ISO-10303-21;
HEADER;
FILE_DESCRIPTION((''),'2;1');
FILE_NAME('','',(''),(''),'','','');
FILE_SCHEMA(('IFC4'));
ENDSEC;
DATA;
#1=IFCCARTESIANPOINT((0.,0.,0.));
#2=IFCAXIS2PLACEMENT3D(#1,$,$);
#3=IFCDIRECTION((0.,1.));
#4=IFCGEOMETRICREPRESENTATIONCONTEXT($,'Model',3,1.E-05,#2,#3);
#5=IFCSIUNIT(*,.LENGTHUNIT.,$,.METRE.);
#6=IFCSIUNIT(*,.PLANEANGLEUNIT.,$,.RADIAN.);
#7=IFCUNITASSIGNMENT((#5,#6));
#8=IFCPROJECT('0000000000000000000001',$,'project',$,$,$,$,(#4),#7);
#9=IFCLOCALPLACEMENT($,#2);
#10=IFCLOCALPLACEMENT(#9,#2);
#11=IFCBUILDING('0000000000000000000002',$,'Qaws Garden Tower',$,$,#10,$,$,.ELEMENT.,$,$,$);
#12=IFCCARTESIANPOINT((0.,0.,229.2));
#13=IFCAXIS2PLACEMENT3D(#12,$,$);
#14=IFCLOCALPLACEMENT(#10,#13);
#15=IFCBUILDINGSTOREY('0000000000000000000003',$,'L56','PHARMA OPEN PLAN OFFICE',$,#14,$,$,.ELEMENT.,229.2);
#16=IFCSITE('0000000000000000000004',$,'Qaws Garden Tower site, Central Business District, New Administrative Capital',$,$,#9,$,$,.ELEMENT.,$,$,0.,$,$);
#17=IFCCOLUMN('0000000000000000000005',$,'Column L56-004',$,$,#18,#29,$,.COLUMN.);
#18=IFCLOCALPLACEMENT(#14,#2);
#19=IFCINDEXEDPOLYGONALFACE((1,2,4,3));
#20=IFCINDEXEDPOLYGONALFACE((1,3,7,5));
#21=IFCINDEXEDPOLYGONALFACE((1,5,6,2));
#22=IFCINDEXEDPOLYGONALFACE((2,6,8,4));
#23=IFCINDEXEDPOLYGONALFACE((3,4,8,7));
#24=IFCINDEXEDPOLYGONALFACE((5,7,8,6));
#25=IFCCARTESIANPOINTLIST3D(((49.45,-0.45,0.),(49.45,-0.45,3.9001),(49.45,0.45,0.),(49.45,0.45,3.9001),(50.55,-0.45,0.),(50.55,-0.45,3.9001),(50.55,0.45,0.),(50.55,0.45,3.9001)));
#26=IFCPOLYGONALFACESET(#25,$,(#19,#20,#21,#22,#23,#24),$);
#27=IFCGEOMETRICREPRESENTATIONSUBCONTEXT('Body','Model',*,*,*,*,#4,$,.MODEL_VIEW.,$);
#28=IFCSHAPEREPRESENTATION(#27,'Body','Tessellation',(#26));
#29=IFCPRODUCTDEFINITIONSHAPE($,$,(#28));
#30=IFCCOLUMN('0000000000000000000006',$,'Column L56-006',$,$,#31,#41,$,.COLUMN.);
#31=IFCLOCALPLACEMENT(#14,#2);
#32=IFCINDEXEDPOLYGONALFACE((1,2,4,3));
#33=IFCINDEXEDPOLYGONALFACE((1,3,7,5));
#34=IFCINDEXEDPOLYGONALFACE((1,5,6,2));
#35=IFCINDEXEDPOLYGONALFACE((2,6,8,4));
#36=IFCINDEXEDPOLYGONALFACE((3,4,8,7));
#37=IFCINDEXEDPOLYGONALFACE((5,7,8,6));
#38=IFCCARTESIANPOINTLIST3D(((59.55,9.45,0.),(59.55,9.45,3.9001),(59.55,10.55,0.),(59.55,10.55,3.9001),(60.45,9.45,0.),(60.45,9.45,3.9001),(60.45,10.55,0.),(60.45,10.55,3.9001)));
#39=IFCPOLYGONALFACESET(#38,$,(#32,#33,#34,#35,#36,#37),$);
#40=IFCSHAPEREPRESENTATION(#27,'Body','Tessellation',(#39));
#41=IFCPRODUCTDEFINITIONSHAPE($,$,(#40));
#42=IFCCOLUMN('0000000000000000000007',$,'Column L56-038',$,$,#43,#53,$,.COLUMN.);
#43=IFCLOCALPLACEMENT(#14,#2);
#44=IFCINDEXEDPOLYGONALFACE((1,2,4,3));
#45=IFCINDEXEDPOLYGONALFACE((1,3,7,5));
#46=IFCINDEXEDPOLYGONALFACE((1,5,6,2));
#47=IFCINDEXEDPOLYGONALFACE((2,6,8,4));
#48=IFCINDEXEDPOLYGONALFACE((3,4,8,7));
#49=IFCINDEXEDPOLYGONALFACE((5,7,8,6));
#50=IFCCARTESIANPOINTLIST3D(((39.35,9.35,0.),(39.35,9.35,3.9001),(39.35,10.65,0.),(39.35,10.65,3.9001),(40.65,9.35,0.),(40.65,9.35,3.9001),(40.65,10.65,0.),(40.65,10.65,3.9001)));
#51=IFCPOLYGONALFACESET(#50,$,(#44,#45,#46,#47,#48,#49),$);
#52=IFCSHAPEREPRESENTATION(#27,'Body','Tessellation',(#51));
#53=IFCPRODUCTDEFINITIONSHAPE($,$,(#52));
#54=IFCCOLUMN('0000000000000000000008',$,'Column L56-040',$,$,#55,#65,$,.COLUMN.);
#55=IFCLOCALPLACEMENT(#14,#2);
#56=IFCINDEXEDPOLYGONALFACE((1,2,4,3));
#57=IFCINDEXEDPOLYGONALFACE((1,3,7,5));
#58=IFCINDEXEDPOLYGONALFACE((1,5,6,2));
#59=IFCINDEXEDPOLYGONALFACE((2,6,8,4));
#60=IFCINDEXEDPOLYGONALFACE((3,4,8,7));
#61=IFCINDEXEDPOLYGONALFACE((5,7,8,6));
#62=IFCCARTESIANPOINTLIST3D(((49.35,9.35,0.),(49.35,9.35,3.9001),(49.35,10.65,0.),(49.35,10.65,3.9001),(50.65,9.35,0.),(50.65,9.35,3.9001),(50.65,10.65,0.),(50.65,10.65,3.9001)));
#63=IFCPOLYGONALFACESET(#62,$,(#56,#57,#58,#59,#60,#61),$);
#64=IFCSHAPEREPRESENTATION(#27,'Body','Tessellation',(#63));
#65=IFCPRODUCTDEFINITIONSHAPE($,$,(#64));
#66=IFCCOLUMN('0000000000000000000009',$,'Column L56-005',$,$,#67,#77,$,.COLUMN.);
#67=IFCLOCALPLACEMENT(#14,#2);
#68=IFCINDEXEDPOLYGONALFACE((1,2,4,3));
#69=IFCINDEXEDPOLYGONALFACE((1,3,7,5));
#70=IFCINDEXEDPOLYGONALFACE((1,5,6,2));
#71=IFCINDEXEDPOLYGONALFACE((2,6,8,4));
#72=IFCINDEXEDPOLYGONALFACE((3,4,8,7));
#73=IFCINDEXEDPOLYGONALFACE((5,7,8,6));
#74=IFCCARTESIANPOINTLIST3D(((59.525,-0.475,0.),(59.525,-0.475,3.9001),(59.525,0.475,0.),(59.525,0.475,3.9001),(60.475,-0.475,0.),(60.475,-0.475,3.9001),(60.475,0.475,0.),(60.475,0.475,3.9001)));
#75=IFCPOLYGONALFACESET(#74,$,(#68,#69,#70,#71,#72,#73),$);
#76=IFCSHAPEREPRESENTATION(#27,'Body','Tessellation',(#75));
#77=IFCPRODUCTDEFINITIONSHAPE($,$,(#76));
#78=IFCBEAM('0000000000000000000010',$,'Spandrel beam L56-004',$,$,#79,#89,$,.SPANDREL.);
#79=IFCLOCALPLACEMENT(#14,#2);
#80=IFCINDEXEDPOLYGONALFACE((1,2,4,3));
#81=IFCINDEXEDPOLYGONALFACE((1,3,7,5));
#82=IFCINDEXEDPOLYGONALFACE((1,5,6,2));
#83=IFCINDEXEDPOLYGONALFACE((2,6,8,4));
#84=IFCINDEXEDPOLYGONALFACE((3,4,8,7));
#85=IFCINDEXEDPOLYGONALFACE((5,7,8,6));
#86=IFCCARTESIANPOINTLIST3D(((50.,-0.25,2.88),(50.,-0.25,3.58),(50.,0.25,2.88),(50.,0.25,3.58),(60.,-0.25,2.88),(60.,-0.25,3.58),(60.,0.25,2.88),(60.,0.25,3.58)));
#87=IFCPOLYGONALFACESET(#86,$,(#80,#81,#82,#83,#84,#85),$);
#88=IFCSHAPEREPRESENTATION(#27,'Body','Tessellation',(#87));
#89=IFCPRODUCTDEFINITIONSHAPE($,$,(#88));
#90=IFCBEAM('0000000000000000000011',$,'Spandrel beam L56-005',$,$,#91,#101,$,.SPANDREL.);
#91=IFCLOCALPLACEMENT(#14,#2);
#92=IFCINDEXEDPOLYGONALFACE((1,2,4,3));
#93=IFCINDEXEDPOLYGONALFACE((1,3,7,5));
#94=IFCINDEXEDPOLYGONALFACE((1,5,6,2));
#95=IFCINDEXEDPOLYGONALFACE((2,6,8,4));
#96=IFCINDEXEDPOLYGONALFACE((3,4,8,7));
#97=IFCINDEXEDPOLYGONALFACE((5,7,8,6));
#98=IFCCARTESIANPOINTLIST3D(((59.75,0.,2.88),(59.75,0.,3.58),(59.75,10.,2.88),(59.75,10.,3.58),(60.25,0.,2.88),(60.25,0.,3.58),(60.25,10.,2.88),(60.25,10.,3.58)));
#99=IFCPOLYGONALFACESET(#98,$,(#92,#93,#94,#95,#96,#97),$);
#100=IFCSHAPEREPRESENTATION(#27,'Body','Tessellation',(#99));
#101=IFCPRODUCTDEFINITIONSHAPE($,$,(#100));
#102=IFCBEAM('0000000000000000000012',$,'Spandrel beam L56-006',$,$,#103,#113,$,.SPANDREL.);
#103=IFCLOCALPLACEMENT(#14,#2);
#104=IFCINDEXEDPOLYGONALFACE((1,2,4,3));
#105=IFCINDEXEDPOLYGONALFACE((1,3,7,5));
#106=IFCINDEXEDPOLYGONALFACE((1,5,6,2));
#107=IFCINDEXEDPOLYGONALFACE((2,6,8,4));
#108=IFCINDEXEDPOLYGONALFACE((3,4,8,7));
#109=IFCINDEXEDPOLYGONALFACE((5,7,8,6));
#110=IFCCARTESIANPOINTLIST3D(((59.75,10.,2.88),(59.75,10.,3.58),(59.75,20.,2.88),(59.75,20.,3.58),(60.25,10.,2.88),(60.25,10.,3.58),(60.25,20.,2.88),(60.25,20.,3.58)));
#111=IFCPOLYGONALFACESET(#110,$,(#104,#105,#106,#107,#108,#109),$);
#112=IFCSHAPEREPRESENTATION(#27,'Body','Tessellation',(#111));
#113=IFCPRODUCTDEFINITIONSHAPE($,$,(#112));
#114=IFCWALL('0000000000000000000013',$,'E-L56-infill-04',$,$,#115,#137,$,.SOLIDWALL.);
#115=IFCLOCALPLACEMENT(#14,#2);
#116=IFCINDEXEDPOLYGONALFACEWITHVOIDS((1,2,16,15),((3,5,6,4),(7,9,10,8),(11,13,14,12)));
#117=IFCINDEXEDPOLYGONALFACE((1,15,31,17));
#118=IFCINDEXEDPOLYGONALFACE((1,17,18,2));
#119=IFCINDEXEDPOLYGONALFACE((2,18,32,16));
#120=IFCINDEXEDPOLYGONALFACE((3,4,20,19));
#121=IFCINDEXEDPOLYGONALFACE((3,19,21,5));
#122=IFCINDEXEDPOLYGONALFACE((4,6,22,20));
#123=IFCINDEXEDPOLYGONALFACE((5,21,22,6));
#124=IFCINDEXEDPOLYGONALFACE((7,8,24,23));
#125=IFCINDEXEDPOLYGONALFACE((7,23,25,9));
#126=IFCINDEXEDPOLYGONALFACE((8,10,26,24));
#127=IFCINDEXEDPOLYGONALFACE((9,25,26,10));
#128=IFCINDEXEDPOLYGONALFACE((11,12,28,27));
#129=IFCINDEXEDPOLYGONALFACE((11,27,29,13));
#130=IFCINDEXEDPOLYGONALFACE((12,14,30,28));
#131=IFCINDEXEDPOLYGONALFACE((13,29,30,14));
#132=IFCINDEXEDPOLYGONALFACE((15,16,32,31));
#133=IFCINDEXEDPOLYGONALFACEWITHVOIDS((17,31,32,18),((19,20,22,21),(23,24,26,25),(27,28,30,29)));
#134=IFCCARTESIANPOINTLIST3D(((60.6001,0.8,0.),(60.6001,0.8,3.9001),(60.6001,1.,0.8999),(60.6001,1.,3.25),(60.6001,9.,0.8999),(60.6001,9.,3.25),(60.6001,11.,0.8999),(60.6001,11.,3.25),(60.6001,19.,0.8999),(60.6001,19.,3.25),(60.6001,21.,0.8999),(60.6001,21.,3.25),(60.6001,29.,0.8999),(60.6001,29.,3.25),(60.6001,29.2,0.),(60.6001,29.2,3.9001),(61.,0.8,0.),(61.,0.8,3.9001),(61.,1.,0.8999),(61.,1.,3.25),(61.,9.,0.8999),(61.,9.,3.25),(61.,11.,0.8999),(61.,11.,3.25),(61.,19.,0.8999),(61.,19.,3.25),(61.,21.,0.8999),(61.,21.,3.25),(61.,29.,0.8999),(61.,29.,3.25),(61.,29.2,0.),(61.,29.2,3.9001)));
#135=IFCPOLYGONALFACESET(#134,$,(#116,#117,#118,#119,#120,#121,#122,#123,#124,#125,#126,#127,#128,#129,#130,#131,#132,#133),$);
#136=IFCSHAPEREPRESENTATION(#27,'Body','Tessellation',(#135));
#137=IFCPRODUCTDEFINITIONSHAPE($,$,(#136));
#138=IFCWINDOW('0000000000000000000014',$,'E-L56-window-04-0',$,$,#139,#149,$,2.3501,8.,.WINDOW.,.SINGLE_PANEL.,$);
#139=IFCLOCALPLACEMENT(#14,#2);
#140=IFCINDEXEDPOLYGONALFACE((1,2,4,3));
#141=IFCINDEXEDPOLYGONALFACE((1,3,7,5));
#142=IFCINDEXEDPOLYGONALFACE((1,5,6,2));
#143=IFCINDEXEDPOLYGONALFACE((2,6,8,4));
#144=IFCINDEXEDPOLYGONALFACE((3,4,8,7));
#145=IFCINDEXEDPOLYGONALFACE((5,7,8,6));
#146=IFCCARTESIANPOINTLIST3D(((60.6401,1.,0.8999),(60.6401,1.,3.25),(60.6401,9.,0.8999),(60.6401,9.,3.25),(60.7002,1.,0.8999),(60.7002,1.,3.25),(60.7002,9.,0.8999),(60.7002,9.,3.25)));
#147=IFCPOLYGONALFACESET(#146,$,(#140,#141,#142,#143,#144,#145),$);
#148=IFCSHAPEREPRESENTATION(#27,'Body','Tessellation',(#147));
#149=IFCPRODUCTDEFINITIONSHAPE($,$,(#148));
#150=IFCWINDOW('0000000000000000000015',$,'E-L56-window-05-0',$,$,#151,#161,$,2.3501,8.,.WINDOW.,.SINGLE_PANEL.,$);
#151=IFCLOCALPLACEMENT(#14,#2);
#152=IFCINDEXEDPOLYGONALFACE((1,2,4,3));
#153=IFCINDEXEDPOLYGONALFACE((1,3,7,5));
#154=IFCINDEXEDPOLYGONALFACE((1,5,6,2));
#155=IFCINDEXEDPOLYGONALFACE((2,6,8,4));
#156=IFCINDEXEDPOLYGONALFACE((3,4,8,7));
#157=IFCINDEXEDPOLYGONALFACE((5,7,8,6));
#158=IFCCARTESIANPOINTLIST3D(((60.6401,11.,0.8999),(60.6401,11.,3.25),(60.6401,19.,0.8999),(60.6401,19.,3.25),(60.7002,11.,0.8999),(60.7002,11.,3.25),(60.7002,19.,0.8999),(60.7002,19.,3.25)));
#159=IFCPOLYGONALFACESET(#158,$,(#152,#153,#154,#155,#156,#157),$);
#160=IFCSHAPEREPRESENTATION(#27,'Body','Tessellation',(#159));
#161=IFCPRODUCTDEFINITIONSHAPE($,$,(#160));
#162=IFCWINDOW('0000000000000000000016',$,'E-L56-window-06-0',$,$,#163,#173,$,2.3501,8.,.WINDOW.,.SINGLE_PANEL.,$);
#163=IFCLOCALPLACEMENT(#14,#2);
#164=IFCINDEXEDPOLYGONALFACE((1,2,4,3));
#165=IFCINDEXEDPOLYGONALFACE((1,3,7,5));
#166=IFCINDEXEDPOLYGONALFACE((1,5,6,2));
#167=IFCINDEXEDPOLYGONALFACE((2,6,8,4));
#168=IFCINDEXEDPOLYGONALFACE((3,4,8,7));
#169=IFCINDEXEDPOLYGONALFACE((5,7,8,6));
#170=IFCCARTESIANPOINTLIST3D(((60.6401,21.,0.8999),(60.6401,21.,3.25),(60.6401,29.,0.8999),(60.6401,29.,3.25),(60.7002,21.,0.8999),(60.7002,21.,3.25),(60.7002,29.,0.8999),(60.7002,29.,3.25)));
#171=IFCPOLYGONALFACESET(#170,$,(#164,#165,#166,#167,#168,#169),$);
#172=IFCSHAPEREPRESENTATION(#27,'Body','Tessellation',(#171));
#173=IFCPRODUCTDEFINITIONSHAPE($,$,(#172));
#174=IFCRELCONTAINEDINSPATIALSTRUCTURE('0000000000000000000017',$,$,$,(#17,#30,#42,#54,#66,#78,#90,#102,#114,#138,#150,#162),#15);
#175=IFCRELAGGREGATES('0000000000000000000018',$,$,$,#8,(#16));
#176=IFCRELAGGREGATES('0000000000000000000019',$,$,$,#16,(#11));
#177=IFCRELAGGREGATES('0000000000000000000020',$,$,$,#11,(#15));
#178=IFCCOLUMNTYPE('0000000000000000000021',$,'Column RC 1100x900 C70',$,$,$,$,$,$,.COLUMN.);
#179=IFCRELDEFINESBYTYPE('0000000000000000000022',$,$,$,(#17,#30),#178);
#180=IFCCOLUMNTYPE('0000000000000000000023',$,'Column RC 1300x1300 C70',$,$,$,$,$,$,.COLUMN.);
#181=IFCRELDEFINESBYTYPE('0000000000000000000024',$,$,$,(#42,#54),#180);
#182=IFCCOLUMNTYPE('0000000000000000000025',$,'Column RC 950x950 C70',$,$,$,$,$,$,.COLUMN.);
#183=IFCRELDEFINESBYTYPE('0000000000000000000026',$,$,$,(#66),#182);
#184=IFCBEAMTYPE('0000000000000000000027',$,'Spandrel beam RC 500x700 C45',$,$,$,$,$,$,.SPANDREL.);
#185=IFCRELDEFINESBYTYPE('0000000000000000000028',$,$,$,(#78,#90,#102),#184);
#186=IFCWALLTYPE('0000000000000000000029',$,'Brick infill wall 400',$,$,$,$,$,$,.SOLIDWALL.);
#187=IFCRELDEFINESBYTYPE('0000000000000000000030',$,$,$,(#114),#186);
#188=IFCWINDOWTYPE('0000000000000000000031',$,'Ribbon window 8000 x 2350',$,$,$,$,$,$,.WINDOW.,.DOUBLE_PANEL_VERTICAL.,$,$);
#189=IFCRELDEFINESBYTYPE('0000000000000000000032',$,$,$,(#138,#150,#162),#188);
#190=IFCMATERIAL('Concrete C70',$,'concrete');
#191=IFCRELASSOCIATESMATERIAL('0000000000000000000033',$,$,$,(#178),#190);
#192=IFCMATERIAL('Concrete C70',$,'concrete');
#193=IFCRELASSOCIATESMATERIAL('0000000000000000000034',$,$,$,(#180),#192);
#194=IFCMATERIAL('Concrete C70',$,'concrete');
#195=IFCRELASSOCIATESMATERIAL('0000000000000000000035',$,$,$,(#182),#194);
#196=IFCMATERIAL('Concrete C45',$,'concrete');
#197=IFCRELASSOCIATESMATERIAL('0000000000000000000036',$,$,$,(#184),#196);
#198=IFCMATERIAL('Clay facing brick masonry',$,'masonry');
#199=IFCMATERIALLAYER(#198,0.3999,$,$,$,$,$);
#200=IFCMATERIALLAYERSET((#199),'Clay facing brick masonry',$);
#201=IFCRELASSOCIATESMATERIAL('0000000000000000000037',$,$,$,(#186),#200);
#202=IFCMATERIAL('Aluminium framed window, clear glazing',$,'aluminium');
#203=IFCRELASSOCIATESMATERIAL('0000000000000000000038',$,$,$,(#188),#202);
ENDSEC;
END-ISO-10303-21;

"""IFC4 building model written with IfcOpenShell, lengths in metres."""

from ifc_helpers import new_model, si_unit, direction, frame, frame_2d, origin, origin_2d, place, context, subcontext, project, spatial, rectangle, extrude, material, layer, layer_set, material_profile, profile_set, type_object, element, fill, save


model = new_model("IFC4")

# Units and contexts
model_context = context("Model", 3, precision=1e-05, world=origin(), true_north=direction((0.0, 1.0)))
body_context = subcontext(model_context, "Body", "Model", "MODEL_VIEW")
ifc_project = project(units=[si_unit("LENGTHUNIT", "METRE"), si_unit("PLANEANGLEUNIT", "RADIAN")], contexts=[model_context])

# Site, building, storey
site_placement = place(None, origin())
site = spatial("IfcSite", under=ifc_project, at=site_placement, Name="Qaws Garden Tower site, Central Business District, New Administrative Capital", CompositionType="ELEMENT", RefElevation=0.0)
building_placement = place(site_placement, origin())
building = spatial("IfcBuilding", under=site, at=building_placement, Name="Qaws Garden Tower", CompositionType="ELEMENT")
storey_placement = place(building_placement, frame((0.0, 0.0, 229.2)))
storey = spatial("IfcBuildingStorey", under=building, at=storey_placement, Name="L56", Description="PHARMA OPEN PLAN OFFICE", CompositionType="ELEMENT", Elevation=229.2)

# Columns
ifc_material_1 = material(Name="Concrete C70", Category="concrete")
ifc_material_profile_1 = material_profile(ifc_material_1, rectangle(XDim=1.1001, YDim=0.8999, at=origin_2d()), Name="RC 1100x900")
ifc_profile_set_1 = profile_set([ifc_material_profile_1], Name="Concrete C70")
column_type_1 = type_object("IfcColumnType", Name="Column RC 1100x900 C70", PredefinedType="COLUMN", material=ifc_profile_set_1)
for number, where, z_axis, x_axis, name in (
    (1, (50.0, 0.0, 0.0), (0.0, 0.0, 1.0), (1.0, 0.0, 0.0), "Column L56-004"),
    (2, (60.0, 10.0, 0.0), (0.0, 0.0, 1.0), (0.0, 1.0, 0.0), "Column L56-006"),
):
    element("IfcColumn", number, at=place(storey_placement, frame(where, z_axis=z_axis, x_axis=x_axis)), inside=storey, type_object=column_type_1, Name=name, PredefinedType="COLUMN", context=body_context, shape_type="SweptSolid", body=[
        extrude(rectangle(XDim=1.1001, YDim=0.8999, at=origin_2d()), origin(), (0.0, 0.0, 1.0), 3.9001),
    ])
ifc_material_2 = material(Name="Concrete C70", Category="concrete")
ifc_material_profile_2 = material_profile(ifc_material_2, rectangle(XDim=1.3, YDim=1.3, at=origin_2d()), Name="RC 1300x1300")
ifc_profile_set_2 = profile_set([ifc_material_profile_2], Name="Concrete C70")
column_type_2 = type_object("IfcColumnType", Name="Column RC 1300x1300 C70", PredefinedType="COLUMN", material=ifc_profile_set_2)
for number, where, z_axis, x_axis, name in (
    (3, (40.0, 10.0, 0.0), (0.0, 0.0, 1.0), (1.0, 0.0, 0.0), "Column L56-038"),
    (4, (50.0, 10.0, 0.0), (0.0, 0.0, 1.0), (1.0, 0.0, 0.0), "Column L56-040"),
):
    element("IfcColumn", number, at=place(storey_placement, frame(where, z_axis=z_axis, x_axis=x_axis)), inside=storey, type_object=column_type_2, Name=name, PredefinedType="COLUMN", context=body_context, shape_type="SweptSolid", body=[
        extrude(rectangle(XDim=1.3, YDim=1.3, at=origin_2d()), origin(), (0.0, 0.0, 1.0), 3.9001),
    ])
ifc_material_3 = material(Name="Concrete C70", Category="concrete")
ifc_material_profile_3 = material_profile(ifc_material_3, rectangle(XDim=0.95, YDim=0.95, at=origin_2d()), Name="RC 950x950")
ifc_profile_set_3 = profile_set([ifc_material_profile_3], Name="Concrete C70")
column_type_3 = type_object("IfcColumnType", Name="Column RC 950x950 C70", PredefinedType="COLUMN", material=ifc_profile_set_3)
column_placement = place(storey_placement, frame((60.0, 0.0, 0.0), z_axis=(0.0, 0.0, 1.0), x_axis=(1.0, 0.0, 0.0)))
element("IfcColumn", 5, at=column_placement, inside=storey, type_object=column_type_3, Name="Column L56-005", PredefinedType="COLUMN", context=body_context, shape_type="SweptSolid", body=[
    extrude(rectangle(XDim=0.95, YDim=0.95, at=origin_2d()), origin(), (0.0, 0.0, 1.0), 3.9001),
])

# Beams
ifc_material_4 = material(Name="Concrete C45", Category="concrete")
ifc_material_profile_4 = material_profile(ifc_material_4, rectangle(XDim=0.5, YDim=0.7, at=origin_2d()), Name="RC 500x700")
ifc_profile_set_4 = profile_set([ifc_material_profile_4], Name="Concrete C45")
beam_type = type_object("IfcBeamType", Name="Spandrel beam RC 500x700 C45", PredefinedType="SPANDREL", material=ifc_profile_set_4)
for number, where, z_axis, x_axis, name in (
    (6, (50.0, 0.0, 3.23), (1.0, 0.0, 0.0), (0.0, 1.0, 0.0), "Spandrel beam L56-004"),
    (7, (60.0, 0.0, 3.23), (0.0, 1.0, 0.0), (-1.0, 0.0, 0.0), "Spandrel beam L56-005"),
    (8, (60.0, 10.0, 3.23), (0.0, 1.0, 0.0), (-1.0, 0.0, 0.0), "Spandrel beam L56-006"),
):
    element("IfcBeam", number, at=place(storey_placement, frame(where, z_axis=z_axis, x_axis=x_axis)), inside=storey, type_object=beam_type, Name=name, PredefinedType="SPANDREL", context=body_context, shape_type="SweptSolid", body=[
        extrude(rectangle(XDim=0.5, YDim=0.7, at=origin_2d()), origin(), (0.0, 0.0, 1.0), 10.0),
    ])

# Wall, openings, windows
ifc_material_5 = material(Name="Clay facing brick masonry", Category="masonry")
ifc_layer_1 = layer(ifc_material_5, 0.3999)
ifc_layer_set_1 = layer_set([ifc_layer_1], Name="Clay facing brick masonry")
wall_type_1 = type_object("IfcWallType", Name="Brick infill wall 400", PredefinedType="SOLIDWALL", material=ifc_layer_set_1)
wall_1_placement = place(storey_placement, frame((60.8, 0.8, 0.0), z_axis=(0.0, 0.0, 1.0), x_axis=(0.0, 1.0, 0.0)))
wall_1 = element("IfcWall", 9, at=wall_1_placement, inside=storey, type_object=wall_type_1, Name="E-L56-infill-04", PredefinedType="SOLIDWALL", context=body_context, shape_type="SweptSolid", body=[
    extrude(rectangle(XDim=28.3999, YDim=0.3999, at=frame_2d((14.2, 0.0))), origin(), (0.0, 0.0, 1.0), 3.9001),
])
opening_1_placement = place(wall_1_placement, frame((0.2, 0.0, 0.8999)))
opening_1 = element("IfcOpeningElement", 10, at=opening_1_placement, cuts=wall_1, PredefinedType="OPENING", context=body_context, shape_type="SweptSolid", body=[
    extrude(rectangle(XDim=8.0, YDim=2.3501, at=frame_2d((4.0, 1.175))), frame((0.0, 0.21, 0.0), z_axis=(0.0, -1.0, 0.0), x_axis=(1.0, 0.0, 0.0)), (0.0, 0.0, 1.0), 0.4199),
])
opening_2_placement = place(wall_1_placement, frame((10.2, 0.0, 0.8999)))
opening_2 = element("IfcOpeningElement", 11, at=opening_2_placement, cuts=wall_1, PredefinedType="OPENING", context=body_context, shape_type="SweptSolid", body=[
    extrude(rectangle(XDim=8.0, YDim=2.3501, at=frame_2d((4.0, 1.175))), frame((0.0, 0.21, 0.0), z_axis=(0.0, -1.0, 0.0), x_axis=(1.0, 0.0, 0.0)), (0.0, 0.0, 1.0), 0.4199),
])
opening_3_placement = place(wall_1_placement, frame((20.2, 0.0, 0.8999)))
opening_3 = element("IfcOpeningElement", 12, at=opening_3_placement, cuts=wall_1, PredefinedType="OPENING", context=body_context, shape_type="SweptSolid", body=[
    extrude(rectangle(XDim=8.0, YDim=2.3501, at=frame_2d((4.0, 1.175))), frame((0.0, 0.21, 0.0), z_axis=(0.0, -1.0, 0.0), x_axis=(1.0, 0.0, 0.0)), (0.0, 0.0, 1.0), 0.4199),
])
ifc_material_6 = material(Name="Aluminium framed window, clear glazing", Category="aluminium")
window_type = type_object("IfcWindowType", Name="Ribbon window 8000 x 2350", PartitioningType="DOUBLE_PANEL_VERTICAL", PredefinedType="WINDOW", material=ifc_material_6)
window_1_placement = place(opening_1_placement, origin())
window_1 = element("IfcWindow", 13, at=window_1_placement, inside=storey, type_object=window_type, Name="E-L56-window-04-0", OverallHeight=2.3501, OverallWidth=8.0, PartitioningType="SINGLE_PANEL", PredefinedType="WINDOW", context=body_context, shape_type="SweptSolid", body=[
    extrude(rectangle(XDim=8.0, YDim=2.3501, at=frame_2d((4.0, 1.175))), frame((0.0, 0.1599, 0.0), z_axis=(0.0, -1.0, 0.0), x_axis=(1.0, 0.0, 0.0)), (0.0, 0.0, 1.0), 0.0601),
])
fill(opening_1, window_1)
window_2_placement = place(opening_2_placement, origin())
window_2 = element("IfcWindow", 14, at=window_2_placement, inside=storey, type_object=window_type, Name="E-L56-window-05-0", OverallHeight=2.3501, OverallWidth=8.0, PartitioningType="SINGLE_PANEL", PredefinedType="WINDOW", context=body_context, shape_type="SweptSolid", body=[
    extrude(rectangle(XDim=8.0, YDim=2.3501, at=frame_2d((4.0, 1.175))), frame((0.0, 0.1599, 0.0), z_axis=(0.0, -1.0, 0.0), x_axis=(1.0, 0.0, 0.0)), (0.0, 0.0, 1.0), 0.0601),
])
fill(opening_2, window_2)
window_3_placement = place(opening_3_placement, origin())
window_3 = element("IfcWindow", 15, at=window_3_placement, inside=storey, type_object=window_type, Name="E-L56-window-06-0", OverallHeight=2.3501, OverallWidth=8.0, PartitioningType="SINGLE_PANEL", PredefinedType="WINDOW", context=body_context, shape_type="SweptSolid", body=[
    extrude(rectangle(XDim=8.0, YDim=2.3501, at=frame_2d((4.0, 1.175))), frame((0.0, 0.1599, 0.0), z_axis=(0.0, -1.0, 0.0), x_axis=(1.0, 0.0, 0.0)), (0.0, 0.0, 1.0), 0.0601),
])
fill(opening_3, window_3)

save(model, "model.ifc")
